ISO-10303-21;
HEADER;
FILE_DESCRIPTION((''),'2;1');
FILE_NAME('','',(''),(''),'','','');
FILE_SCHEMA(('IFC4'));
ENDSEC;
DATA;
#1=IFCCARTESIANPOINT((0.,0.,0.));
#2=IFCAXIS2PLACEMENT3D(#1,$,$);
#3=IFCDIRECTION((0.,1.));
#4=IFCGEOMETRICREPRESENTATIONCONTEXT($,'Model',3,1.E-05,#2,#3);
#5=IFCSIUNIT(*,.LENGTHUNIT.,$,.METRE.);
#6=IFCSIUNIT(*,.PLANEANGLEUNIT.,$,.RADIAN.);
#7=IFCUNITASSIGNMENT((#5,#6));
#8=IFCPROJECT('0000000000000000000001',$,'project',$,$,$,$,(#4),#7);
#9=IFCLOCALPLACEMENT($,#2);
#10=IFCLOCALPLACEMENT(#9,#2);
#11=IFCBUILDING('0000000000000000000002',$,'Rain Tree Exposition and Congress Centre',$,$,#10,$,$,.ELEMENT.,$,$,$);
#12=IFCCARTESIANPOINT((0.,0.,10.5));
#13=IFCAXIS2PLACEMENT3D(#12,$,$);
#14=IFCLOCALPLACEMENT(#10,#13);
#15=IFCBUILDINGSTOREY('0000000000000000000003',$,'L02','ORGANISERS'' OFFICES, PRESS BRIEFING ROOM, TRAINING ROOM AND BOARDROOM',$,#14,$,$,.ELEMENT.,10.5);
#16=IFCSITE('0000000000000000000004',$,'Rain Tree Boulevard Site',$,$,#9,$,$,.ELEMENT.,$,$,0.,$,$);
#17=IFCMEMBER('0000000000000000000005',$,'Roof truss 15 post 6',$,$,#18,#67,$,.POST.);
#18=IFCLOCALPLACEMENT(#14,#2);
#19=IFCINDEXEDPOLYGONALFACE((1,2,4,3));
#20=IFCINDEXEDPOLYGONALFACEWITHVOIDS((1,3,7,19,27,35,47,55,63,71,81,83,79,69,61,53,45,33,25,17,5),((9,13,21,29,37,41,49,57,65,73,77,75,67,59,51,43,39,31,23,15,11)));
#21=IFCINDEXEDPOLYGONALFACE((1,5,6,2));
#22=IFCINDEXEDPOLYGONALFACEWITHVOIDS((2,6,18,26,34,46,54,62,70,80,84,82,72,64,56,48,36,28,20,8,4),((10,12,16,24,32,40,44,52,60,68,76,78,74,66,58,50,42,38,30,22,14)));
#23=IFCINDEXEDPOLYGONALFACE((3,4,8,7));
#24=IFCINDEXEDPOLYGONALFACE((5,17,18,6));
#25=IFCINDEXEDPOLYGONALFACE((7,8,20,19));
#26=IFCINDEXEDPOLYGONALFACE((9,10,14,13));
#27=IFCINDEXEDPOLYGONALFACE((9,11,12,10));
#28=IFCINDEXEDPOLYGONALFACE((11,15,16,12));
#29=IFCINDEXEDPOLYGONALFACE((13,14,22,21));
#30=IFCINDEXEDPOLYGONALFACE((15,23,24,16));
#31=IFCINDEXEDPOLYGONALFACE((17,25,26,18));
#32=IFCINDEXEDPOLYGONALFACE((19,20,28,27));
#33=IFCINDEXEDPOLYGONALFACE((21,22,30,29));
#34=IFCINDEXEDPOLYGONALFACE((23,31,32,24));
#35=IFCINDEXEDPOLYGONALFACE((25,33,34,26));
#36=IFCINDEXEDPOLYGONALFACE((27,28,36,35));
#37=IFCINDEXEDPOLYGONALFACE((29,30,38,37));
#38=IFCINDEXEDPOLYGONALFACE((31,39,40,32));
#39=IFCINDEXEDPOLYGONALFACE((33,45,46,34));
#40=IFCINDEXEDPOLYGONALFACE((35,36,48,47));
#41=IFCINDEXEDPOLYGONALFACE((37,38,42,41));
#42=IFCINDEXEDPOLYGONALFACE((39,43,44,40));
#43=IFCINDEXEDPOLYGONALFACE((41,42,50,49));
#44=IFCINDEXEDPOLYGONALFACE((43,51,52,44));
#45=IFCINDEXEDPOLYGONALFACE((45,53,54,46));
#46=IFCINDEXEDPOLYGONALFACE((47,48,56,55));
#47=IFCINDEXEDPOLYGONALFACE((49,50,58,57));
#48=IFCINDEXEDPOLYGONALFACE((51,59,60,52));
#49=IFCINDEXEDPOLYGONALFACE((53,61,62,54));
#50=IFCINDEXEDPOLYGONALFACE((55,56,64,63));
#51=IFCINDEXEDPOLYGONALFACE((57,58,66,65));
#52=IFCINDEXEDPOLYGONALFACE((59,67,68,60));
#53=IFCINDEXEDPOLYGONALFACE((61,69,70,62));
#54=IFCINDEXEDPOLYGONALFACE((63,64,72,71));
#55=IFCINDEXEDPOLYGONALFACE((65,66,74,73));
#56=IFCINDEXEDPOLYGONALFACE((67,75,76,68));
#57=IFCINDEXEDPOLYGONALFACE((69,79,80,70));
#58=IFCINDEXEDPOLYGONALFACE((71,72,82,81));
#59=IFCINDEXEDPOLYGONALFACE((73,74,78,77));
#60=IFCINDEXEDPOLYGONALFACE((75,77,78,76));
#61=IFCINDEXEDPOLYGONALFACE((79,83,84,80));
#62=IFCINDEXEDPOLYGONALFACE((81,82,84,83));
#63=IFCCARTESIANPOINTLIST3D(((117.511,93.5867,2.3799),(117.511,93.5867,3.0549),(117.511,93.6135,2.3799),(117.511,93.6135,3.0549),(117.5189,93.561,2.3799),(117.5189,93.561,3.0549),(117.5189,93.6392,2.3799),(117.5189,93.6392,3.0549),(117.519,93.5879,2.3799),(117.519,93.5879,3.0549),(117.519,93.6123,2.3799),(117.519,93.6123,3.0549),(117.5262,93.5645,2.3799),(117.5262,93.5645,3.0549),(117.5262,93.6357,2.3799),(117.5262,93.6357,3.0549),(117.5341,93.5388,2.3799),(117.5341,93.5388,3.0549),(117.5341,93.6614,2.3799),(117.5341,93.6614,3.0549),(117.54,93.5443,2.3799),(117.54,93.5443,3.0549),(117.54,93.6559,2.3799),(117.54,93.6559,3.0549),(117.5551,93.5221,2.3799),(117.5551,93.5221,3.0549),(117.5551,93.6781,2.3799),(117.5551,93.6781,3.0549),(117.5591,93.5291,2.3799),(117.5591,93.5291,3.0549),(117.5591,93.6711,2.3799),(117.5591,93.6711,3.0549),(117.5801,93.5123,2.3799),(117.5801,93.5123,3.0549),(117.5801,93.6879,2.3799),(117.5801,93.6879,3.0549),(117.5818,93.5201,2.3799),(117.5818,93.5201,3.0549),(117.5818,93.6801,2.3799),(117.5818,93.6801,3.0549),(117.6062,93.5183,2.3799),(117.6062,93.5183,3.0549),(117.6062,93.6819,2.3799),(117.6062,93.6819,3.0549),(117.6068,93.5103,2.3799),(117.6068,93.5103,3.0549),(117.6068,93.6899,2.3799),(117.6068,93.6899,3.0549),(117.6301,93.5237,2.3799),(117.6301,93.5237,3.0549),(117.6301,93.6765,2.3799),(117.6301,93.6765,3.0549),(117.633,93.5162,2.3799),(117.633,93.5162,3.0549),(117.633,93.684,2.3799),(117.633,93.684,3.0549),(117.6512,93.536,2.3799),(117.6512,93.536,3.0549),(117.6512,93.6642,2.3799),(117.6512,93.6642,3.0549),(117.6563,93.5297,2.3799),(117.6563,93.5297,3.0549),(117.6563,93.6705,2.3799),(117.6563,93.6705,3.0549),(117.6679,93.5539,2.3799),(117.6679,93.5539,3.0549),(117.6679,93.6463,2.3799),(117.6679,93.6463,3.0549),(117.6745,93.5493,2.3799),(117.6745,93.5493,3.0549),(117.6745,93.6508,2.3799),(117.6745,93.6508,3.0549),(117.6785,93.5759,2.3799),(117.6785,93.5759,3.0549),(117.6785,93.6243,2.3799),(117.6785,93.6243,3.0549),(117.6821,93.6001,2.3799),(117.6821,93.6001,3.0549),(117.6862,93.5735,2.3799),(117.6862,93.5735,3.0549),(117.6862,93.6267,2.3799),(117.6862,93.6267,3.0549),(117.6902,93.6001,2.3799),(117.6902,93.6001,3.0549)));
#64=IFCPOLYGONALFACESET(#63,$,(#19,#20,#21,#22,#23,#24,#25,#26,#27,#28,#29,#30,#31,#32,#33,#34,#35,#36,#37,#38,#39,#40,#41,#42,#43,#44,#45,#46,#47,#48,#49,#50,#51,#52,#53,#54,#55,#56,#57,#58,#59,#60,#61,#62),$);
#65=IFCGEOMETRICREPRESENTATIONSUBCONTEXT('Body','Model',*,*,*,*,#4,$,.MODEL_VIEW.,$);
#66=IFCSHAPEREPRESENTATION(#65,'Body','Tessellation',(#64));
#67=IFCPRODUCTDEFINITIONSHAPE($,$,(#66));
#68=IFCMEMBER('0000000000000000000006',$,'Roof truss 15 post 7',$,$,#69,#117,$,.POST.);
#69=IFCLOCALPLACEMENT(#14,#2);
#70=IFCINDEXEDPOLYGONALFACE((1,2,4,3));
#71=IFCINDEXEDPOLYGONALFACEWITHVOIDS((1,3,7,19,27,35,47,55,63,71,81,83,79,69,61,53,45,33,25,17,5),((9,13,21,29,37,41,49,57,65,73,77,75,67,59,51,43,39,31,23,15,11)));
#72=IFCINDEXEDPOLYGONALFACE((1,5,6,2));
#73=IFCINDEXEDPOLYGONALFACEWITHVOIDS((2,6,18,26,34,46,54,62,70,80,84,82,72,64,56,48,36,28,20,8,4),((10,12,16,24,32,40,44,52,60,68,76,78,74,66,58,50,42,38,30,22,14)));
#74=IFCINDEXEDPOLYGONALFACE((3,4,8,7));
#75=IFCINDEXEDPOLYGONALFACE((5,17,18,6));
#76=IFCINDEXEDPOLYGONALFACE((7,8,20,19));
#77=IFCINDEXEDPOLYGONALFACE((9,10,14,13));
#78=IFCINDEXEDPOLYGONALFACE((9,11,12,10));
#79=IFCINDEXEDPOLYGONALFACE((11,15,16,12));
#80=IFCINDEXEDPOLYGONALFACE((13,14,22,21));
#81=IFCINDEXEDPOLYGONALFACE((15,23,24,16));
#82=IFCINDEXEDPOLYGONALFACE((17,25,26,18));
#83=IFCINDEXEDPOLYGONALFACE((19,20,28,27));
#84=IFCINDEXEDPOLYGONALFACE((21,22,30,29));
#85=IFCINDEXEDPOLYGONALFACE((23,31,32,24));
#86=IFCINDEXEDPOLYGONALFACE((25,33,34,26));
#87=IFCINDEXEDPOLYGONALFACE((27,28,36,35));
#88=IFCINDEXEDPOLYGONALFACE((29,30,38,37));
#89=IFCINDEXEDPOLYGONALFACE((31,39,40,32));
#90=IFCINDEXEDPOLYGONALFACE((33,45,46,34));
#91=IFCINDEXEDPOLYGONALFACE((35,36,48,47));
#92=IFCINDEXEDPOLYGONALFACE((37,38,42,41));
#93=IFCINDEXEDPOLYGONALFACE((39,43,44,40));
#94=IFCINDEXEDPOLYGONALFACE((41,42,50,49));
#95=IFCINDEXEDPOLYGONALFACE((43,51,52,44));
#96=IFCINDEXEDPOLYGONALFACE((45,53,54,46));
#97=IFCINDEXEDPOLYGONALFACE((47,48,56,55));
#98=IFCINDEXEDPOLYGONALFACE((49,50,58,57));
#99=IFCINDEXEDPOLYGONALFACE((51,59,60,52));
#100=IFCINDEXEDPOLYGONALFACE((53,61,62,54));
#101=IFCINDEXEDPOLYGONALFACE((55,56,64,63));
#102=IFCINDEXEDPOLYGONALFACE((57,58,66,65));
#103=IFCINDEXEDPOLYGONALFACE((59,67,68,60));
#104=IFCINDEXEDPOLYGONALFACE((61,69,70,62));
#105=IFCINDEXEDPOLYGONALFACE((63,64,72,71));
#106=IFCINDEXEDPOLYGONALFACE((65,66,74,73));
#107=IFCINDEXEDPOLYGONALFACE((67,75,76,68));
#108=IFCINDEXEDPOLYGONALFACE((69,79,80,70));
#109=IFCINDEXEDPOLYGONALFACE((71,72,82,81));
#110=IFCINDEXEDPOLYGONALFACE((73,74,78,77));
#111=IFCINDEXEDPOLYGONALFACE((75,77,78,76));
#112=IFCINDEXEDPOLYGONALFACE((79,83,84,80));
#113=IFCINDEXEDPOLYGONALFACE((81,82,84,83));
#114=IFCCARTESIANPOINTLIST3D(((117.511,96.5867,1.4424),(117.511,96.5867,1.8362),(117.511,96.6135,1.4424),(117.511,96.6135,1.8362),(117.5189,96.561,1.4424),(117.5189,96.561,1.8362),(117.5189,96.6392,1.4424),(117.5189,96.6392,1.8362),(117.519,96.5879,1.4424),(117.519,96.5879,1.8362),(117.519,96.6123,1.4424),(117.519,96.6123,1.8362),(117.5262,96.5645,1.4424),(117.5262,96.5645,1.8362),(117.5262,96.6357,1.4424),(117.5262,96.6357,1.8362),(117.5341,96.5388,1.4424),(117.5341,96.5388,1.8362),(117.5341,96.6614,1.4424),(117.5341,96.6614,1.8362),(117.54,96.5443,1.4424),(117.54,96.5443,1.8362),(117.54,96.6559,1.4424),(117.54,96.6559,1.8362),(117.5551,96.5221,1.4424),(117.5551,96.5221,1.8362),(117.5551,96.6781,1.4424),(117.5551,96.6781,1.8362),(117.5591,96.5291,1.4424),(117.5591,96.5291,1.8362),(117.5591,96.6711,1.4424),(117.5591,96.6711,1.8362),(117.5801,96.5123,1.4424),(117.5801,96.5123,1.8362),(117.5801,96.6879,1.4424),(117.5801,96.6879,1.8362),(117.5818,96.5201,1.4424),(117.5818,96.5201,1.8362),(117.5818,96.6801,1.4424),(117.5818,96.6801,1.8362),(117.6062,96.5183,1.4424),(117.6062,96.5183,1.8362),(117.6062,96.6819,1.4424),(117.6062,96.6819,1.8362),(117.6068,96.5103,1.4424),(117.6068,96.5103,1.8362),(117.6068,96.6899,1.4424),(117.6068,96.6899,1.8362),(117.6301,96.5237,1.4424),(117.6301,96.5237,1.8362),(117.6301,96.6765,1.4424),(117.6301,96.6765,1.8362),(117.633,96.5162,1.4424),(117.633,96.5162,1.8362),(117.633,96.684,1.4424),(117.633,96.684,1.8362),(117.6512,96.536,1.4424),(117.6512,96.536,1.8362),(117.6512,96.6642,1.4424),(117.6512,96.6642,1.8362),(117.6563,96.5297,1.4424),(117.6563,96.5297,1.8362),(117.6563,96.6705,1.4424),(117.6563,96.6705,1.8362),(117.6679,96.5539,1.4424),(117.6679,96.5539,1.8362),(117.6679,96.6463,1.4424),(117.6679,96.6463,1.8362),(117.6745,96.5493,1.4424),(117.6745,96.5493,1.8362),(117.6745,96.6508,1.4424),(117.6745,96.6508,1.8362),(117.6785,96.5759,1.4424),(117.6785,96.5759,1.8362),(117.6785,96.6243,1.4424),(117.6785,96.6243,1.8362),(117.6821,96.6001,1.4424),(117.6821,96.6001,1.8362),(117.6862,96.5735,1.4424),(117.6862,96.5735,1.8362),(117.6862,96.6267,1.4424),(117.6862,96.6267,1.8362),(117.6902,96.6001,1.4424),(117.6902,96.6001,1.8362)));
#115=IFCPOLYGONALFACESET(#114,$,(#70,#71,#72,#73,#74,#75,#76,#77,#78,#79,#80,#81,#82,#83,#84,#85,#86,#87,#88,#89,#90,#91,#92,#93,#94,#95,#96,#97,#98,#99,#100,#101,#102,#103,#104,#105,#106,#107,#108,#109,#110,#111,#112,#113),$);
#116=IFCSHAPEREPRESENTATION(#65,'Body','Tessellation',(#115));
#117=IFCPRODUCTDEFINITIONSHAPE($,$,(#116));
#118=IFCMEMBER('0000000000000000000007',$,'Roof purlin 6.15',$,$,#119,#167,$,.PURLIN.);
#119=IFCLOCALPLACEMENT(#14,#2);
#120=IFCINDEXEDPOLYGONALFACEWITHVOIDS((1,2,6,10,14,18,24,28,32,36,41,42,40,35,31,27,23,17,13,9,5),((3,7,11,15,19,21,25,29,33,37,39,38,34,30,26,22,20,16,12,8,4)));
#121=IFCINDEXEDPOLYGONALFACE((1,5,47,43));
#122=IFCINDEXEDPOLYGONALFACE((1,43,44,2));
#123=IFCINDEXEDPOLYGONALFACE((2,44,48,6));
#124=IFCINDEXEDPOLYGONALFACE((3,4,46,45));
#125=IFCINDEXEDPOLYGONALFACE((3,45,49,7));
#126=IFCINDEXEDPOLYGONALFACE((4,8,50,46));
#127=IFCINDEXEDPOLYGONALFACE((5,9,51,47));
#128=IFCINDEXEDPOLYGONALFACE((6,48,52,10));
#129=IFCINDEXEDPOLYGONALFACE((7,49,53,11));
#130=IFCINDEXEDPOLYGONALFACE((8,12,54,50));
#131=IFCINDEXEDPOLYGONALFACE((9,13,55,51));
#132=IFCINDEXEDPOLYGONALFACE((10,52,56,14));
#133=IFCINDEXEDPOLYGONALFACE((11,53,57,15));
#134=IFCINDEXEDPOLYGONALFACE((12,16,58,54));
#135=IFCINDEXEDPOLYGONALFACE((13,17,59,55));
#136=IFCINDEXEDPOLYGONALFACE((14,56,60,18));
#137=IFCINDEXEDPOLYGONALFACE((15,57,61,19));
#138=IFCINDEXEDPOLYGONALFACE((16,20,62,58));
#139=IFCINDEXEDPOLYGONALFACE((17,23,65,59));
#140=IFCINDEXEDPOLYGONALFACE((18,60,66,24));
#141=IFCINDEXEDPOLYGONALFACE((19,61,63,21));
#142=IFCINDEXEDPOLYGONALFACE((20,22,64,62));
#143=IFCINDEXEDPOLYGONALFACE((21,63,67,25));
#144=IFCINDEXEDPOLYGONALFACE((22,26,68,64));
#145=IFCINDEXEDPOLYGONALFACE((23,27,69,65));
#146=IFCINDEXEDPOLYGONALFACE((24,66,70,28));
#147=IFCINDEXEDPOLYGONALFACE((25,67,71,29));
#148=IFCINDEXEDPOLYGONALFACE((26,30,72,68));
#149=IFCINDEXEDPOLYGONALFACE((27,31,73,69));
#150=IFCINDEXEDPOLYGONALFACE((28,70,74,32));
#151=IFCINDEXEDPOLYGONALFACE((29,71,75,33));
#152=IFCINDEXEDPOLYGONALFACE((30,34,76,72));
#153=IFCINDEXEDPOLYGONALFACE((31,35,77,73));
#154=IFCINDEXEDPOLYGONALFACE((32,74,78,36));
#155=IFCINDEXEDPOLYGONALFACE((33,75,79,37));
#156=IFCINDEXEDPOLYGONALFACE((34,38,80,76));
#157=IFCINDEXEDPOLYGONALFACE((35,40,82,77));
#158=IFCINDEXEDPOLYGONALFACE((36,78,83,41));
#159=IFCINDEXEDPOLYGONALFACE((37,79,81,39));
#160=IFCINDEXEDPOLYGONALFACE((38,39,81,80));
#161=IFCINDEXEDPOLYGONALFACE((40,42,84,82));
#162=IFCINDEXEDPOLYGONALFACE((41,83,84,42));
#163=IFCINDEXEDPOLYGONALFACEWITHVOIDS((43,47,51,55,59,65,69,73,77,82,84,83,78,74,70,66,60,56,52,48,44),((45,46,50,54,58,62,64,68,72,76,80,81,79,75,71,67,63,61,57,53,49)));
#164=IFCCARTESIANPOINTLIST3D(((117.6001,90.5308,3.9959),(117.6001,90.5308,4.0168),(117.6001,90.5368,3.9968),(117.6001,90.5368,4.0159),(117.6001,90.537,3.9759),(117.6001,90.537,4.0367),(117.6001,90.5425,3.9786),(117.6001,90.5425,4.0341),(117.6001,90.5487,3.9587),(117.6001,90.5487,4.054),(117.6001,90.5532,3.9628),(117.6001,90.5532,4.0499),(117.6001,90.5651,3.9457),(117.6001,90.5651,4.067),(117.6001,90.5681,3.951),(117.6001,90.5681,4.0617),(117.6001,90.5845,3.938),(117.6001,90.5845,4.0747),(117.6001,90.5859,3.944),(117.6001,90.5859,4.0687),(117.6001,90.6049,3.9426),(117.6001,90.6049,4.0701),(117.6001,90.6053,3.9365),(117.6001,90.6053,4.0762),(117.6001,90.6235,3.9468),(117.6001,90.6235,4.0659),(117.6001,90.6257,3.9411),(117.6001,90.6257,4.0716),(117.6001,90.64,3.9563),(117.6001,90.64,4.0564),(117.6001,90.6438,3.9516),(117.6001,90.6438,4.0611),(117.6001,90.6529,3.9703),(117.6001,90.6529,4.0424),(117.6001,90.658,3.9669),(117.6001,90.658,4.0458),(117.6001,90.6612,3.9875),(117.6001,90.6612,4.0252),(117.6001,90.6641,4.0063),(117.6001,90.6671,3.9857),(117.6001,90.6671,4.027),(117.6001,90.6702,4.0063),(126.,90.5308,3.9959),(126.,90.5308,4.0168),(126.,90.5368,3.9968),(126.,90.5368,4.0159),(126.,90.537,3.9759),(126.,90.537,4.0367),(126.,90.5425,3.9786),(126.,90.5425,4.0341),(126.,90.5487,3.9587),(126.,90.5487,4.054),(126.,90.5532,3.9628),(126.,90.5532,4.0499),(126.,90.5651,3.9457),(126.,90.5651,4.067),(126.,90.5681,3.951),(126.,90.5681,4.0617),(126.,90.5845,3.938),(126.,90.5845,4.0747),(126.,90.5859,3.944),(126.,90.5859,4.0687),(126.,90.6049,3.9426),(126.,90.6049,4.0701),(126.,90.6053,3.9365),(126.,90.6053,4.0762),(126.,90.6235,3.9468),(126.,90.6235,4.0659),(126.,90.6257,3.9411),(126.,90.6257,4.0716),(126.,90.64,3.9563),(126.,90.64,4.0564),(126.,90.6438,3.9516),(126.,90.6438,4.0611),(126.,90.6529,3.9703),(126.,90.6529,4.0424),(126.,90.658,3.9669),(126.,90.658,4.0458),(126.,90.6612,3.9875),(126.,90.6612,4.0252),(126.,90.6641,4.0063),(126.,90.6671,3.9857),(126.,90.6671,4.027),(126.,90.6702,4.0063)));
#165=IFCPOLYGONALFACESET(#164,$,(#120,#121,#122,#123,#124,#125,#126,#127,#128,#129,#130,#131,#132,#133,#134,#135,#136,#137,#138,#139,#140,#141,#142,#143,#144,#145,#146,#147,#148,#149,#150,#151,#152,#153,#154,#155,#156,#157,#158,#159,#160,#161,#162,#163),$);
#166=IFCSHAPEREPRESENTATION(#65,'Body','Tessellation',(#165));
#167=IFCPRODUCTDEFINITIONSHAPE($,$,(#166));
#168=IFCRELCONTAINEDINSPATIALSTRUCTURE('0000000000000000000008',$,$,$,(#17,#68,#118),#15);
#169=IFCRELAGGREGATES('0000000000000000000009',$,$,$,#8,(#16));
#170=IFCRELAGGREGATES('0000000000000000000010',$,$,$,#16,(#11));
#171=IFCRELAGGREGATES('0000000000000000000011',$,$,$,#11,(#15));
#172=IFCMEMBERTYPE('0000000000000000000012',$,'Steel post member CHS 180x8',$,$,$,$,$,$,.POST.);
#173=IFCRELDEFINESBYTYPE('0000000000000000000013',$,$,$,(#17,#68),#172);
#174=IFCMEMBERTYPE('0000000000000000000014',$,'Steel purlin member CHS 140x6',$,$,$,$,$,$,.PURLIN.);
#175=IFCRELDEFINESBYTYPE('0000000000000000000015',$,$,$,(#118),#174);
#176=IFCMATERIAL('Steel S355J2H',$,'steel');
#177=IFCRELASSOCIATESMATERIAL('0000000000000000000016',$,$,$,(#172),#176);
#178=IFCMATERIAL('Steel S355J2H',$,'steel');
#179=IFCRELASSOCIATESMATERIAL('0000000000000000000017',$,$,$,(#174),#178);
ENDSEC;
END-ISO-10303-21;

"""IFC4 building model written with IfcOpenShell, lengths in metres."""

from ifc_helpers import new_model, si_unit, direction, frame, origin, origin_2d, place, context, subcontext, project, spatial, hollow_circle, extrude, material, material_profile, profile_set, type_object, element, save


model = new_model("IFC4")

# Units and contexts
model_context = context("Model", 3, precision=1e-05, world=origin(), true_north=direction((0.0, 1.0)))
body_context = subcontext(model_context, "Body", "Model", "MODEL_VIEW")
ifc_project = project(units=[si_unit("LENGTHUNIT", "METRE"), si_unit("PLANEANGLEUNIT", "RADIAN")], contexts=[model_context])

# Site, building, storey
site_placement = place(None, origin())
site = spatial("IfcSite", under=ifc_project, at=site_placement, Name="Rain Tree Boulevard Site", CompositionType="ELEMENT", RefElevation=0.0)
building_placement = place(site_placement, origin())
building = spatial("IfcBuilding", under=site, at=building_placement, Name="Rain Tree Exposition and Congress Centre", CompositionType="ELEMENT")
storey_placement = place(building_placement, frame((0.0, 0.0, 10.5)))
storey = spatial("IfcBuildingStorey", under=building, at=storey_placement, Name="L02", Description="ORGANISERS' OFFICES, PRESS BRIEFING ROOM, TRAINING ROOM AND BOARDROOM", CompositionType="ELEMENT", Elevation=10.5)

# Members
ifc_material_1 = material(Name="Steel S355J2H", Category="steel")
ifc_material_profile_1 = material_profile(ifc_material_1, hollow_circle(Radius=0.0901, WallThickness=0.0081, at=origin_2d()), Name="CHS 180x8")
ifc_profile_set_1 = profile_set([ifc_material_profile_1], Name="Steel S355J2H")
member_type_1 = type_object("IfcMemberType", Name="Steel post member CHS 180x8", PredefinedType="POST", material=ifc_profile_set_1)
member_1_placement = place(storey_placement, frame((117.6001, 93.6001, 2.3799), z_axis=(0.0, 0.0, 1.0), x_axis=(1.0, 0.0, 0.0)))
element("IfcMember", 1, at=member_1_placement, inside=storey, type_object=member_type_1, Name="Roof truss 15 post 6", PredefinedType="POST", context=body_context, shape_type="SweptSolid", body=[
    extrude(hollow_circle(Radius=0.0901, WallThickness=0.0081, at=origin_2d()), origin(), (0.0, 0.0, 1.0), 0.675),
])
member_2_placement = place(storey_placement, frame((117.6001, 96.6001, 1.4424), z_axis=(0.0, 0.0, 1.0), x_axis=(1.0, 0.0, 0.0)))
element("IfcMember", 2, at=member_2_placement, inside=storey, type_object=member_type_1, Name="Roof truss 15 post 7", PredefinedType="POST", context=body_context, shape_type="SweptSolid", body=[
    extrude(hollow_circle(Radius=0.0901, WallThickness=0.0081, at=origin_2d()), origin(), (0.0, 0.0, 1.0), 0.3938),
])
ifc_material_2 = material(Name="Steel S355J2H", Category="steel")
ifc_material_profile_2 = material_profile(ifc_material_2, hollow_circle(Radius=0.0701, WallThickness=0.0061, at=origin_2d()), Name="CHS 140x6")
ifc_profile_set_2 = profile_set([ifc_material_profile_2], Name="Steel S355J2H")
member_type_2 = type_object("IfcMemberType", Name="Steel purlin member CHS 140x6", PredefinedType="PURLIN", material=ifc_profile_set_2)
member_3_placement = place(storey_placement, frame((117.6001, 90.6001, 4.0063), z_axis=(1.0, 0.0, 0.0), x_axis=(0.0, 1.0, 0.0)))
element("IfcMember", 3, at=member_3_placement, inside=storey, type_object=member_type_2, Name="Roof purlin 6.15", PredefinedType="PURLIN", context=body_context, shape_type="SweptSolid", body=[
    extrude(hollow_circle(Radius=0.0701, WallThickness=0.0061, at=origin_2d()), origin(), (0.0, 0.0, 1.0), 8.3999),
])

save(model, "model.ifc")
